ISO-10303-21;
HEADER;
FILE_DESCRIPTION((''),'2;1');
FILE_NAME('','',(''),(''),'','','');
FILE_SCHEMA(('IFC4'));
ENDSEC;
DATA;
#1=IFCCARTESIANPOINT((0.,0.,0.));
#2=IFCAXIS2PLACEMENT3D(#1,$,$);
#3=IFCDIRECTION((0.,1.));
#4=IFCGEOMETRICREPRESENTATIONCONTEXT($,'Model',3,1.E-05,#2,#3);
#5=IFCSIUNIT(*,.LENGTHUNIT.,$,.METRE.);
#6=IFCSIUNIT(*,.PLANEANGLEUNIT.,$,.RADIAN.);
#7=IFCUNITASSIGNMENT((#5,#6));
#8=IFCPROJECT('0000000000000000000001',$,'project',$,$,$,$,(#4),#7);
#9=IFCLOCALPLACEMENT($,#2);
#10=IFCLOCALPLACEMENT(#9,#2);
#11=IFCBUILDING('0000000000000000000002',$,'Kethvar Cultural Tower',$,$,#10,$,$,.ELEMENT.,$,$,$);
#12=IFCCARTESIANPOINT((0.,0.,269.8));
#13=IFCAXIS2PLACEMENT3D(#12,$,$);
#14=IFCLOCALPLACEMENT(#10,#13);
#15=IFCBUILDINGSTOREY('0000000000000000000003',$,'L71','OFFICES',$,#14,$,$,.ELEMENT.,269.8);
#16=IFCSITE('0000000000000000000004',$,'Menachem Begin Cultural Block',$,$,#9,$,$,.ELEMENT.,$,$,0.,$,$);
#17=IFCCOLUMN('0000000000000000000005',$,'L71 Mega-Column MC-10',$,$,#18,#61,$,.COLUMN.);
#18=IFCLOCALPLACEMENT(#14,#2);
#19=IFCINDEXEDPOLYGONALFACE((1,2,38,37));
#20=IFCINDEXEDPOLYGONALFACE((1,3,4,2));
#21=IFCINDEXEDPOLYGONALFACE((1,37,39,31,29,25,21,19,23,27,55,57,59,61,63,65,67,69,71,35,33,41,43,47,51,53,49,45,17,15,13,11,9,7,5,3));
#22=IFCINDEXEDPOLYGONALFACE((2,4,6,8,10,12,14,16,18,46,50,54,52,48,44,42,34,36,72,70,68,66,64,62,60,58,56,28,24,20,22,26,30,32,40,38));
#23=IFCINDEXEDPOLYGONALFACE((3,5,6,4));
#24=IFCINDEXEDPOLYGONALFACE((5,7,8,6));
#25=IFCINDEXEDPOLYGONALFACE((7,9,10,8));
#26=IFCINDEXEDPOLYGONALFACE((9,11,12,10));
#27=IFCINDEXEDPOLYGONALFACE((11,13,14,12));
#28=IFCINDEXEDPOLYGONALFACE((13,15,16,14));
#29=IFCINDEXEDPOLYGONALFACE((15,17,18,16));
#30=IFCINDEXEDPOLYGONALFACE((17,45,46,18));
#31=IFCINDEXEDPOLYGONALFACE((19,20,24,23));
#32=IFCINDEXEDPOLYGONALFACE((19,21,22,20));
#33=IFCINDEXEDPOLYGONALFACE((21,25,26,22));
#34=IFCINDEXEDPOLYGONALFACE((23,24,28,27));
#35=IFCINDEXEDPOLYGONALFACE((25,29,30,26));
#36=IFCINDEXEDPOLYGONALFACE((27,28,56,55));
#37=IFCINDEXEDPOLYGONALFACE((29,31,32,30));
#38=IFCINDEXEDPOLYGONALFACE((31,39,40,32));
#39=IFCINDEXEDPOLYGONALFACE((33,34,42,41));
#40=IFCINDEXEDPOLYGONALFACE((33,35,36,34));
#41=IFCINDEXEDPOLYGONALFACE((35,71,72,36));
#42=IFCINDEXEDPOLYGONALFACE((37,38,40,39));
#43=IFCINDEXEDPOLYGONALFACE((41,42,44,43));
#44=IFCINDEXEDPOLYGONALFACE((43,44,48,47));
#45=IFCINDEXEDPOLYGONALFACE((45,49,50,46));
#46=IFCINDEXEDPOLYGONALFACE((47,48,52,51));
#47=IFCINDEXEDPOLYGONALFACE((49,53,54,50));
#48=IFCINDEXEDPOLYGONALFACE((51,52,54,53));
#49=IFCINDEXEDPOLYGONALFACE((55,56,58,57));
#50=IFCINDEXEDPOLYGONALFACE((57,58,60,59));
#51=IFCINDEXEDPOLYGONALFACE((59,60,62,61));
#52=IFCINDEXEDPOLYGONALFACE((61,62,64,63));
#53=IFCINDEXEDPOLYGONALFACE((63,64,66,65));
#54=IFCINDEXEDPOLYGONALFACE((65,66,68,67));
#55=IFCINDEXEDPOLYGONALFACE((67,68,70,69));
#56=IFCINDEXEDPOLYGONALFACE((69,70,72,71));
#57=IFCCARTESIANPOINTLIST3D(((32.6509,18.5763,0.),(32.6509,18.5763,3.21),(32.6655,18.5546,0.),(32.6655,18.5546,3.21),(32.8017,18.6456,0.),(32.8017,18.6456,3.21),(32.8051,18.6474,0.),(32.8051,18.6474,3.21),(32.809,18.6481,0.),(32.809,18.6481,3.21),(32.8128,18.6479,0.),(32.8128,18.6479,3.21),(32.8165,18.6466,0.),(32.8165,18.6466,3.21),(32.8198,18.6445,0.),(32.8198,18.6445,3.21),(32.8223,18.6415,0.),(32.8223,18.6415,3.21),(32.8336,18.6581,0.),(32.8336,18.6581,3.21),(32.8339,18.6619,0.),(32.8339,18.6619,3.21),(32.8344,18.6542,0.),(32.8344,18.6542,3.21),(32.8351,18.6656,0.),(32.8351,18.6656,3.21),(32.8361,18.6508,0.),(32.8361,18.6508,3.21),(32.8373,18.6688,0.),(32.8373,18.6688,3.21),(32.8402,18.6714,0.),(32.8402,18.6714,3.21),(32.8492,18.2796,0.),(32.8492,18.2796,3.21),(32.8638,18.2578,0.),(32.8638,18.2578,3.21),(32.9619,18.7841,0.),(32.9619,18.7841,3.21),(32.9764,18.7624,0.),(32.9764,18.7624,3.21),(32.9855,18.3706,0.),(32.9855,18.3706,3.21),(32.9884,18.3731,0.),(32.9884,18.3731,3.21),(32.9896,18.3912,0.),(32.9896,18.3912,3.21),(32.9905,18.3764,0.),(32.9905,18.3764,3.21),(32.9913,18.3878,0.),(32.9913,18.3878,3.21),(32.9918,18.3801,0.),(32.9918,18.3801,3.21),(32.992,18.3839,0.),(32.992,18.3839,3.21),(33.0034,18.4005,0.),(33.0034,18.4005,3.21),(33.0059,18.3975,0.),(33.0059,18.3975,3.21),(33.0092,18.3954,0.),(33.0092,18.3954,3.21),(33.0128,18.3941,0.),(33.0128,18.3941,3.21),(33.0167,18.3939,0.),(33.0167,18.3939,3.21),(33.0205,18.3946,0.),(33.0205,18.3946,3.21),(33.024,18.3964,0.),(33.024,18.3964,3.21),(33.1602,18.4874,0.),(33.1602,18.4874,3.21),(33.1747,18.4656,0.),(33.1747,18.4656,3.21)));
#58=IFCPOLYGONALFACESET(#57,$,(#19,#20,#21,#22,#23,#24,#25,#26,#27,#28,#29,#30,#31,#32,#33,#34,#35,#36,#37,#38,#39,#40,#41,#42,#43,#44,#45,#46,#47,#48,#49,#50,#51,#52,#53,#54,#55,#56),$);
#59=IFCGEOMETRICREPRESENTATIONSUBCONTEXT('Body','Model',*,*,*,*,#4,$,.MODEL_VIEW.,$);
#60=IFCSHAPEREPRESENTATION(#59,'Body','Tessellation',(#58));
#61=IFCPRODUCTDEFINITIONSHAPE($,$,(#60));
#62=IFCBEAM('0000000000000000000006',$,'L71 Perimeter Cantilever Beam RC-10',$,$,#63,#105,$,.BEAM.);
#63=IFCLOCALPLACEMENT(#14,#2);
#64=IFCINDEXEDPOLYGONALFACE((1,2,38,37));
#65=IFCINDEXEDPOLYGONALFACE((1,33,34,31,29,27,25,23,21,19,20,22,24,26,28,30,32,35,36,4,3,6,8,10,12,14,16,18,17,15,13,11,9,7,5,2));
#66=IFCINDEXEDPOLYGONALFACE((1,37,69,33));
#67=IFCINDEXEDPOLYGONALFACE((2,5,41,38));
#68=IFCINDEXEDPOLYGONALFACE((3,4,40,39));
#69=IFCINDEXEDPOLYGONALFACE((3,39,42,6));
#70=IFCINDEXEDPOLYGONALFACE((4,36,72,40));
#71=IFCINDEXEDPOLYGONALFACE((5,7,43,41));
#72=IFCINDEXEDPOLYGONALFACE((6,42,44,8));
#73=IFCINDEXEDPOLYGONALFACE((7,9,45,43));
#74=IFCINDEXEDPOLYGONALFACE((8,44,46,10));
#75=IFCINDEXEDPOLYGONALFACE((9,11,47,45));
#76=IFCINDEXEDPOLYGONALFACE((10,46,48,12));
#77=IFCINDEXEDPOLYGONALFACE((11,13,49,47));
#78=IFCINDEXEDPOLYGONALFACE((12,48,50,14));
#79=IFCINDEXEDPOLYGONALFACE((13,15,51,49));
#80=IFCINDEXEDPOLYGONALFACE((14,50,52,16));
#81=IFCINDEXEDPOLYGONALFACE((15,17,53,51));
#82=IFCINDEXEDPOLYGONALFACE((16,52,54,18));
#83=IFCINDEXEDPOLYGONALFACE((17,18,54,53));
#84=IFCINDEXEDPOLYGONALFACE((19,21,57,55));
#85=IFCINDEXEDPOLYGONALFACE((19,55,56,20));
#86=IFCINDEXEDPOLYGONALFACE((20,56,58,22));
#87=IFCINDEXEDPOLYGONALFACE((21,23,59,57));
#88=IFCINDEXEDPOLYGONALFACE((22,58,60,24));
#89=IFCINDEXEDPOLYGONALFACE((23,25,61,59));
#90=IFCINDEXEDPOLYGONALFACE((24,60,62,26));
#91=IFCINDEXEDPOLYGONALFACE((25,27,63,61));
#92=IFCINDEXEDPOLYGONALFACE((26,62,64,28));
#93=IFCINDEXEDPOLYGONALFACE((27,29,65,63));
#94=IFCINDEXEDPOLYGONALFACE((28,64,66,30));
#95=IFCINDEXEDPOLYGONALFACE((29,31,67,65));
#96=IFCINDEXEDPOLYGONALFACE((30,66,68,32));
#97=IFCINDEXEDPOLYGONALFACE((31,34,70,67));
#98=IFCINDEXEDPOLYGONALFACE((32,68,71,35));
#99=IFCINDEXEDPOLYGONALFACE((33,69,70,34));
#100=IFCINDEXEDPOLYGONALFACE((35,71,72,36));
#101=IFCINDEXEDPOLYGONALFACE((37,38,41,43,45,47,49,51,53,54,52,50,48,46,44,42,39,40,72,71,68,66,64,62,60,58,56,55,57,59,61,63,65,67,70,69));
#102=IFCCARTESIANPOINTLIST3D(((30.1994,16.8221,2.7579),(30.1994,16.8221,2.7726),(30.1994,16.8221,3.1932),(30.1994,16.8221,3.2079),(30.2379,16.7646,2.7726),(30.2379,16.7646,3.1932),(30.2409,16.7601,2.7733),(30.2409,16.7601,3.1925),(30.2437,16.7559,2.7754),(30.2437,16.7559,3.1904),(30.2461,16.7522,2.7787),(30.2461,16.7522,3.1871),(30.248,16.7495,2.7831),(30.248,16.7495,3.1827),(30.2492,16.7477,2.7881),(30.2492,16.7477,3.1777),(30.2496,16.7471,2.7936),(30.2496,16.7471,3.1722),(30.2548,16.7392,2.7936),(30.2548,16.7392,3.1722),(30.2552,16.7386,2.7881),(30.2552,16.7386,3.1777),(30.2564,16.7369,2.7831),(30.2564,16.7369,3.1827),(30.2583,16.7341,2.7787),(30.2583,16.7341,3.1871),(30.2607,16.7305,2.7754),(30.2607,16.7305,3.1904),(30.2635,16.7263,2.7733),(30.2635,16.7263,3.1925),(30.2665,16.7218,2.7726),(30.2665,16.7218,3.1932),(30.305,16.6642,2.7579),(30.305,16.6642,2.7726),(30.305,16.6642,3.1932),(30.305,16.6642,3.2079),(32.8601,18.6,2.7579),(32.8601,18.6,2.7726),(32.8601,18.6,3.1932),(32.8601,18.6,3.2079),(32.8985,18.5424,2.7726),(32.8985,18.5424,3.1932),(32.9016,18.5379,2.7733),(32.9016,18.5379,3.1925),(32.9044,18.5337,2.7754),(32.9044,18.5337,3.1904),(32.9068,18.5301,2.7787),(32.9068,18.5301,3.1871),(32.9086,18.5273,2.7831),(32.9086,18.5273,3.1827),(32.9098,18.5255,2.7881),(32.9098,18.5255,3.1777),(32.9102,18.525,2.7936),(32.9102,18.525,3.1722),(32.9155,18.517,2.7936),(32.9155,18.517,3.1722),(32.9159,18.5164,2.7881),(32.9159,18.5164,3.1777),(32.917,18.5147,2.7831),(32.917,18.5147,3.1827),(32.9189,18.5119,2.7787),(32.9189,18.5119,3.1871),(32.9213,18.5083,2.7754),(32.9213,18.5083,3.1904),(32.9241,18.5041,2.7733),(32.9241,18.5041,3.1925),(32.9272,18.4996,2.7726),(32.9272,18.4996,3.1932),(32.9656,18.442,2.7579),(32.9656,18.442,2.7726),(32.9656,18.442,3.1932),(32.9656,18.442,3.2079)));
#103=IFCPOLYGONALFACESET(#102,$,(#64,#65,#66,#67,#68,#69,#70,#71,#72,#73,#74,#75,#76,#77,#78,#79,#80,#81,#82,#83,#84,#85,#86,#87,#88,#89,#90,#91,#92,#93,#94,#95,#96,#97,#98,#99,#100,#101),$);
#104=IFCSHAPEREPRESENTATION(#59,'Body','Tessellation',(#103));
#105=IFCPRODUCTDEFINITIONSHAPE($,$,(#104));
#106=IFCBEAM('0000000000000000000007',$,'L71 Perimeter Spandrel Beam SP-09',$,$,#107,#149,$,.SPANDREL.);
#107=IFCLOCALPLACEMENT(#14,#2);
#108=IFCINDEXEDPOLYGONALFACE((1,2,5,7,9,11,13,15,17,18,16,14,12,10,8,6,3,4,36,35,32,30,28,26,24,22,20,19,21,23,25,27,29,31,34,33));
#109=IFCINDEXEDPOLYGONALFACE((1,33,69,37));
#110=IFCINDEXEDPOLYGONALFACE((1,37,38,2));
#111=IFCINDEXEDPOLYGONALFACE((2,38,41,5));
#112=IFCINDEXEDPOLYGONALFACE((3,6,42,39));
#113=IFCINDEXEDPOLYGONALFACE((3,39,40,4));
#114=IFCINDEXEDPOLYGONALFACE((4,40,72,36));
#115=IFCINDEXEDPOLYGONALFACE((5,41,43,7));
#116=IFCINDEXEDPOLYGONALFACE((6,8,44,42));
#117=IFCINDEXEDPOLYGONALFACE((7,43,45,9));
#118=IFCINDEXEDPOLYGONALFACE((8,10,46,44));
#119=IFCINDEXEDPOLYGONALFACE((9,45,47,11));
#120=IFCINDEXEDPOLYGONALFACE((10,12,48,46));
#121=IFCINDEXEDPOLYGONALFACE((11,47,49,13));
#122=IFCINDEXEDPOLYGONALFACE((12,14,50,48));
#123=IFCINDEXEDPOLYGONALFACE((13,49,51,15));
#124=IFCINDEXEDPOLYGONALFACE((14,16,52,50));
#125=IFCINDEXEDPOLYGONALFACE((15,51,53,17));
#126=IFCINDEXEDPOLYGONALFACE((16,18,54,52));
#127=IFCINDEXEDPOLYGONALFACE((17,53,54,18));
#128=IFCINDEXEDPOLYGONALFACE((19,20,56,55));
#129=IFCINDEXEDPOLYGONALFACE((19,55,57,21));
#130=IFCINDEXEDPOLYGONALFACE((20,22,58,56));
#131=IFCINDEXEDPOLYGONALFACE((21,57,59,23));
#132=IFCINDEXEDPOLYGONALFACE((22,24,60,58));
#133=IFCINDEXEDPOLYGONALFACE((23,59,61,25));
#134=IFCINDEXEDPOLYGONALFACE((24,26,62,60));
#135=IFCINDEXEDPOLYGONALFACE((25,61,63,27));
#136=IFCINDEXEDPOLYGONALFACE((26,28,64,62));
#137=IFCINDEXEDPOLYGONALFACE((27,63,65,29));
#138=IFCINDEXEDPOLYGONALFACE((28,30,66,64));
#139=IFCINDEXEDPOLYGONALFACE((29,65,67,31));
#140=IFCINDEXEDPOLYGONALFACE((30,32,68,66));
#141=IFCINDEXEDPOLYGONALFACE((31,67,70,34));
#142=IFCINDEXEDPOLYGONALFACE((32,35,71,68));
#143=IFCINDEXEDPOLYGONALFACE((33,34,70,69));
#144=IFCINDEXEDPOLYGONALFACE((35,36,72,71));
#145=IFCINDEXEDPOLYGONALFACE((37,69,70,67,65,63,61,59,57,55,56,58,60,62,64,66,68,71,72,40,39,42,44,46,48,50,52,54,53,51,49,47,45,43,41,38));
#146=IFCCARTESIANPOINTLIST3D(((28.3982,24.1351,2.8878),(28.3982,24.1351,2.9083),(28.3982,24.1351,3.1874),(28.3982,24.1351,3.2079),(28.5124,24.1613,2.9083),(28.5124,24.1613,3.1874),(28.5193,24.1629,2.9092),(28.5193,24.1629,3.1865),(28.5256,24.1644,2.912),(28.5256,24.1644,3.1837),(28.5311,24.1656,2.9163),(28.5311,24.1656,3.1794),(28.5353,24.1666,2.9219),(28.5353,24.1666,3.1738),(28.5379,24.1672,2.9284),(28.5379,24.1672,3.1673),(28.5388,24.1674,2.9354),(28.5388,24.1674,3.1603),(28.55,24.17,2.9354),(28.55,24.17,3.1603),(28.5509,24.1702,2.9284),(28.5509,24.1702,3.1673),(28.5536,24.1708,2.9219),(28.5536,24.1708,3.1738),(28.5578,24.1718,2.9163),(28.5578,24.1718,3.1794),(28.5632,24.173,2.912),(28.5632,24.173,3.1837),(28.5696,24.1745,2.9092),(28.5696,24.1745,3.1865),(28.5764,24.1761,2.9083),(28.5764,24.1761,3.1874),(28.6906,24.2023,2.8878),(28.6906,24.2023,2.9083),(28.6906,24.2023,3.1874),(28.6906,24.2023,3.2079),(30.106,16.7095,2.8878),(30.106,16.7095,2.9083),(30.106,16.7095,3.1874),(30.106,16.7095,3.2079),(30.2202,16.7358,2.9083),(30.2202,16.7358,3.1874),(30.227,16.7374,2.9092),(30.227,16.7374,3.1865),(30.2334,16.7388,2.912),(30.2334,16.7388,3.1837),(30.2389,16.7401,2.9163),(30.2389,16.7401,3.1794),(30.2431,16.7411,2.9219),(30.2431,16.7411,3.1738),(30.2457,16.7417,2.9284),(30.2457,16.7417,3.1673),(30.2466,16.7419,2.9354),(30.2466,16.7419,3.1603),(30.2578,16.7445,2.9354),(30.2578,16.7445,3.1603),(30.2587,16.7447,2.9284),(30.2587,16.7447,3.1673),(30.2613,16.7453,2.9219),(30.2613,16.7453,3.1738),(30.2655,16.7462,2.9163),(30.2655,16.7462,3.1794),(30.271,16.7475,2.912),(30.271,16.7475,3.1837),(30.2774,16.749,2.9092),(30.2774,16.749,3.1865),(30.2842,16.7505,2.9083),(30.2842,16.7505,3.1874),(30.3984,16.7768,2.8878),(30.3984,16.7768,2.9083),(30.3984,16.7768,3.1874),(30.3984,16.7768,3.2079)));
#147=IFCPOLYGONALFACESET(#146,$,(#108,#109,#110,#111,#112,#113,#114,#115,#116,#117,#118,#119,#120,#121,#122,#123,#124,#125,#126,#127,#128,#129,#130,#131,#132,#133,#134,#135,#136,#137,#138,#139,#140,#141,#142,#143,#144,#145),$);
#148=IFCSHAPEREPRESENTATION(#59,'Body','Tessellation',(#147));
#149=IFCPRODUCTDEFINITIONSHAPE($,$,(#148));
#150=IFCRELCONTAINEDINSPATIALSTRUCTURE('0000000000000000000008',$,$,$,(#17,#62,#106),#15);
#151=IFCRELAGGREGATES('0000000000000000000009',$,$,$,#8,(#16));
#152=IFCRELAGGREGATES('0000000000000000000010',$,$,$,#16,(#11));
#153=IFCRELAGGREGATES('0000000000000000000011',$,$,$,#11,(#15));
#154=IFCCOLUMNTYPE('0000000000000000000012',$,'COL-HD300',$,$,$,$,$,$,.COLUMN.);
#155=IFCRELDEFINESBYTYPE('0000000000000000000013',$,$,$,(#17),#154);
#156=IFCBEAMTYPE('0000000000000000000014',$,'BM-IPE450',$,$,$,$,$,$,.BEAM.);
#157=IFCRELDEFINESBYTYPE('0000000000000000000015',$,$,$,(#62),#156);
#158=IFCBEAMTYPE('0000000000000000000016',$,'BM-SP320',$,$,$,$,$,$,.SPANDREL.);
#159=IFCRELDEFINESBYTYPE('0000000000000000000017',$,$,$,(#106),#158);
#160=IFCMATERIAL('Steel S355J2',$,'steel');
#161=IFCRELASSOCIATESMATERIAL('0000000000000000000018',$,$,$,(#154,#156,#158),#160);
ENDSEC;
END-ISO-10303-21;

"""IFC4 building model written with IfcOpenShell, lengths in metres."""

from ifc_helpers import new_model, si_unit, direction, frame, origin, origin_2d, place, context, subcontext, project, spatial, i_section, extrude, source, transform, mapped, material, material_profile, profile_set, type_object, element, save


model = new_model("IFC4")

# Units and contexts
model_context = context("Model", 3, precision=1e-05, world=origin(), true_north=direction((0.0, 1.0)))
body_context = subcontext(model_context, "Body", "Model", "MODEL_VIEW")
ifc_project = project(units=[si_unit("LENGTHUNIT", "METRE"), si_unit("PLANEANGLEUNIT", "RADIAN")], contexts=[model_context])

# Site, building, storey
site_placement = place(None, origin())
site = spatial("IfcSite", under=ifc_project, at=site_placement, Name="Menachem Begin Cultural Block", CompositionType="ELEMENT", RefElevation=0.0)
building_placement = place(site_placement, origin())
building = spatial("IfcBuilding", under=site, at=building_placement, Name="Kethvar Cultural Tower", CompositionType="ELEMENT")
storey_placement = place(building_placement, frame((0.0, 0.0, 269.8)))
storey = spatial("IfcBuildingStorey", under=building, at=storey_placement, Name="L71", Description="OFFICES", CompositionType="ELEMENT", Elevation=269.8)

# Column
ifc_material_1 = material(Name="Steel S355J2", Category="steel")
ifc_material_profile_1 = material_profile(ifc_material_1, i_section(OverallWidth=0.374, OverallDepth=0.3831, WebThickness=0.0166, FlangeThickness=0.0261, FilletRadius=0.0149, at=origin_2d()), Name="Steel S355J2 — HD360x300")
ifc_profile_set_1 = profile_set([ifc_material_profile_1], Name="Steel S355J2 — HD360x300")
column_type = type_object("IfcColumnType", Name="COL-HD300", PredefinedType="COLUMN", material=ifc_profile_set_1)
shared_shape_1 = source(origin(), body_context, "Body", "SweptSolid", [
    extrude(i_section(OverallWidth=0.374, OverallDepth=0.3831, WebThickness=0.0166, FlangeThickness=0.0261, FilletRadius=0.0149, at=origin_2d()), origin(), (0.0, 0.0, 1.0), 3.21),
])
column_placement = place(storey_placement, frame((32.9128, 18.521, 0.0), z_axis=(0.0, 0.0, 1.0), x_axis=(-0.83147, -0.55557, 0.0)))
element("IfcColumn", 1, at=column_placement, inside=storey, type_object=column_type, Name="L71 Mega-Column MC-10", PredefinedType="COLUMN", context=body_context, shape_type="MappedRepresentation", body=[
    mapped(shared_shape_1, transform((0.0, 0.0, 0.0), scale=1.0)),
])

# Beams
ifc_material_profile_2 = material_profile(ifc_material_1, i_section(OverallWidth=0.1899, OverallDepth=0.45, WebThickness=0.0095, FlangeThickness=0.0146, FilletRadius=0.021, at=origin_2d()), Name="Steel S355J2 — IPE450")
ifc_profile_set_2 = profile_set([ifc_material_profile_2], Name="Steel S355J2 — IPE450")
beam_type_1 = type_object("IfcBeamType", Name="BM-IPE450", PredefinedType="BEAM", material=ifc_profile_set_2)
shared_shape_2 = source(origin(), body_context, "Body", "SweptSolid", [
    extrude(i_section(OverallWidth=0.1899, OverallDepth=0.45, WebThickness=0.0095, FlangeThickness=0.0146, FilletRadius=0.021, at=origin_2d()), origin(), (0.0, 0.0, 1.0), 3.2),
])
beam_1_placement = place(storey_placement, frame((32.9128, 18.521, 2.9829), z_axis=(-0.831463, -0.55558, 0.0), x_axis=(0.55558, -0.831463, 0.0)))
element("IfcBeam", 2, at=beam_1_placement, inside=storey, type_object=beam_type_1, Name="L71 Perimeter Cantilever Beam RC-10", PredefinedType="BEAM", context=body_context, shape_type="MappedRepresentation", body=[
    mapped(shared_shape_2, transform((0.0, 0.0, 0.0), scale=1.0)),
])
ifc_material_profile_3 = material_profile(ifc_material_1, i_section(OverallWidth=0.3, OverallDepth=0.3201, WebThickness=0.0115, FlangeThickness=0.0205, FilletRadius=0.0271, at=origin_2d()), Name="Steel S355J2 — HEB320")
ifc_profile_set_3 = profile_set([ifc_material_profile_3], Name="Steel S355J2 — HEB320")
beam_type_2 = type_object("IfcBeamType", Name="BM-SP320", PredefinedType="SPANDREL", material=ifc_profile_set_3)
shared_shape_3 = source(origin(), body_context, "Body", "SweptSolid", [
    extrude(i_section(OverallWidth=0.3, OverallDepth=0.3201, WebThickness=0.0115, FlangeThickness=0.0205, FilletRadius=0.0271, at=origin_2d()), origin(), (0.0, 0.0, 1.0), 7.6194),
])
beam_2_placement = place(storey_placement, frame((28.5444, 24.1687, 3.0479), z_axis=(0.224134, -0.974558, 0.0), x_axis=(0.974558, 0.224134, 0.0)))
element("IfcBeam", 3, at=beam_2_placement, inside=storey, type_object=beam_type_2, Name="L71 Perimeter Spandrel Beam SP-09", PredefinedType="SPANDREL", context=body_context, shape_type="MappedRepresentation", body=[
    mapped(shared_shape_3, transform((0.0, 0.0, 0.0), scale=1.0)),
])

save(model, "model.ifc")
